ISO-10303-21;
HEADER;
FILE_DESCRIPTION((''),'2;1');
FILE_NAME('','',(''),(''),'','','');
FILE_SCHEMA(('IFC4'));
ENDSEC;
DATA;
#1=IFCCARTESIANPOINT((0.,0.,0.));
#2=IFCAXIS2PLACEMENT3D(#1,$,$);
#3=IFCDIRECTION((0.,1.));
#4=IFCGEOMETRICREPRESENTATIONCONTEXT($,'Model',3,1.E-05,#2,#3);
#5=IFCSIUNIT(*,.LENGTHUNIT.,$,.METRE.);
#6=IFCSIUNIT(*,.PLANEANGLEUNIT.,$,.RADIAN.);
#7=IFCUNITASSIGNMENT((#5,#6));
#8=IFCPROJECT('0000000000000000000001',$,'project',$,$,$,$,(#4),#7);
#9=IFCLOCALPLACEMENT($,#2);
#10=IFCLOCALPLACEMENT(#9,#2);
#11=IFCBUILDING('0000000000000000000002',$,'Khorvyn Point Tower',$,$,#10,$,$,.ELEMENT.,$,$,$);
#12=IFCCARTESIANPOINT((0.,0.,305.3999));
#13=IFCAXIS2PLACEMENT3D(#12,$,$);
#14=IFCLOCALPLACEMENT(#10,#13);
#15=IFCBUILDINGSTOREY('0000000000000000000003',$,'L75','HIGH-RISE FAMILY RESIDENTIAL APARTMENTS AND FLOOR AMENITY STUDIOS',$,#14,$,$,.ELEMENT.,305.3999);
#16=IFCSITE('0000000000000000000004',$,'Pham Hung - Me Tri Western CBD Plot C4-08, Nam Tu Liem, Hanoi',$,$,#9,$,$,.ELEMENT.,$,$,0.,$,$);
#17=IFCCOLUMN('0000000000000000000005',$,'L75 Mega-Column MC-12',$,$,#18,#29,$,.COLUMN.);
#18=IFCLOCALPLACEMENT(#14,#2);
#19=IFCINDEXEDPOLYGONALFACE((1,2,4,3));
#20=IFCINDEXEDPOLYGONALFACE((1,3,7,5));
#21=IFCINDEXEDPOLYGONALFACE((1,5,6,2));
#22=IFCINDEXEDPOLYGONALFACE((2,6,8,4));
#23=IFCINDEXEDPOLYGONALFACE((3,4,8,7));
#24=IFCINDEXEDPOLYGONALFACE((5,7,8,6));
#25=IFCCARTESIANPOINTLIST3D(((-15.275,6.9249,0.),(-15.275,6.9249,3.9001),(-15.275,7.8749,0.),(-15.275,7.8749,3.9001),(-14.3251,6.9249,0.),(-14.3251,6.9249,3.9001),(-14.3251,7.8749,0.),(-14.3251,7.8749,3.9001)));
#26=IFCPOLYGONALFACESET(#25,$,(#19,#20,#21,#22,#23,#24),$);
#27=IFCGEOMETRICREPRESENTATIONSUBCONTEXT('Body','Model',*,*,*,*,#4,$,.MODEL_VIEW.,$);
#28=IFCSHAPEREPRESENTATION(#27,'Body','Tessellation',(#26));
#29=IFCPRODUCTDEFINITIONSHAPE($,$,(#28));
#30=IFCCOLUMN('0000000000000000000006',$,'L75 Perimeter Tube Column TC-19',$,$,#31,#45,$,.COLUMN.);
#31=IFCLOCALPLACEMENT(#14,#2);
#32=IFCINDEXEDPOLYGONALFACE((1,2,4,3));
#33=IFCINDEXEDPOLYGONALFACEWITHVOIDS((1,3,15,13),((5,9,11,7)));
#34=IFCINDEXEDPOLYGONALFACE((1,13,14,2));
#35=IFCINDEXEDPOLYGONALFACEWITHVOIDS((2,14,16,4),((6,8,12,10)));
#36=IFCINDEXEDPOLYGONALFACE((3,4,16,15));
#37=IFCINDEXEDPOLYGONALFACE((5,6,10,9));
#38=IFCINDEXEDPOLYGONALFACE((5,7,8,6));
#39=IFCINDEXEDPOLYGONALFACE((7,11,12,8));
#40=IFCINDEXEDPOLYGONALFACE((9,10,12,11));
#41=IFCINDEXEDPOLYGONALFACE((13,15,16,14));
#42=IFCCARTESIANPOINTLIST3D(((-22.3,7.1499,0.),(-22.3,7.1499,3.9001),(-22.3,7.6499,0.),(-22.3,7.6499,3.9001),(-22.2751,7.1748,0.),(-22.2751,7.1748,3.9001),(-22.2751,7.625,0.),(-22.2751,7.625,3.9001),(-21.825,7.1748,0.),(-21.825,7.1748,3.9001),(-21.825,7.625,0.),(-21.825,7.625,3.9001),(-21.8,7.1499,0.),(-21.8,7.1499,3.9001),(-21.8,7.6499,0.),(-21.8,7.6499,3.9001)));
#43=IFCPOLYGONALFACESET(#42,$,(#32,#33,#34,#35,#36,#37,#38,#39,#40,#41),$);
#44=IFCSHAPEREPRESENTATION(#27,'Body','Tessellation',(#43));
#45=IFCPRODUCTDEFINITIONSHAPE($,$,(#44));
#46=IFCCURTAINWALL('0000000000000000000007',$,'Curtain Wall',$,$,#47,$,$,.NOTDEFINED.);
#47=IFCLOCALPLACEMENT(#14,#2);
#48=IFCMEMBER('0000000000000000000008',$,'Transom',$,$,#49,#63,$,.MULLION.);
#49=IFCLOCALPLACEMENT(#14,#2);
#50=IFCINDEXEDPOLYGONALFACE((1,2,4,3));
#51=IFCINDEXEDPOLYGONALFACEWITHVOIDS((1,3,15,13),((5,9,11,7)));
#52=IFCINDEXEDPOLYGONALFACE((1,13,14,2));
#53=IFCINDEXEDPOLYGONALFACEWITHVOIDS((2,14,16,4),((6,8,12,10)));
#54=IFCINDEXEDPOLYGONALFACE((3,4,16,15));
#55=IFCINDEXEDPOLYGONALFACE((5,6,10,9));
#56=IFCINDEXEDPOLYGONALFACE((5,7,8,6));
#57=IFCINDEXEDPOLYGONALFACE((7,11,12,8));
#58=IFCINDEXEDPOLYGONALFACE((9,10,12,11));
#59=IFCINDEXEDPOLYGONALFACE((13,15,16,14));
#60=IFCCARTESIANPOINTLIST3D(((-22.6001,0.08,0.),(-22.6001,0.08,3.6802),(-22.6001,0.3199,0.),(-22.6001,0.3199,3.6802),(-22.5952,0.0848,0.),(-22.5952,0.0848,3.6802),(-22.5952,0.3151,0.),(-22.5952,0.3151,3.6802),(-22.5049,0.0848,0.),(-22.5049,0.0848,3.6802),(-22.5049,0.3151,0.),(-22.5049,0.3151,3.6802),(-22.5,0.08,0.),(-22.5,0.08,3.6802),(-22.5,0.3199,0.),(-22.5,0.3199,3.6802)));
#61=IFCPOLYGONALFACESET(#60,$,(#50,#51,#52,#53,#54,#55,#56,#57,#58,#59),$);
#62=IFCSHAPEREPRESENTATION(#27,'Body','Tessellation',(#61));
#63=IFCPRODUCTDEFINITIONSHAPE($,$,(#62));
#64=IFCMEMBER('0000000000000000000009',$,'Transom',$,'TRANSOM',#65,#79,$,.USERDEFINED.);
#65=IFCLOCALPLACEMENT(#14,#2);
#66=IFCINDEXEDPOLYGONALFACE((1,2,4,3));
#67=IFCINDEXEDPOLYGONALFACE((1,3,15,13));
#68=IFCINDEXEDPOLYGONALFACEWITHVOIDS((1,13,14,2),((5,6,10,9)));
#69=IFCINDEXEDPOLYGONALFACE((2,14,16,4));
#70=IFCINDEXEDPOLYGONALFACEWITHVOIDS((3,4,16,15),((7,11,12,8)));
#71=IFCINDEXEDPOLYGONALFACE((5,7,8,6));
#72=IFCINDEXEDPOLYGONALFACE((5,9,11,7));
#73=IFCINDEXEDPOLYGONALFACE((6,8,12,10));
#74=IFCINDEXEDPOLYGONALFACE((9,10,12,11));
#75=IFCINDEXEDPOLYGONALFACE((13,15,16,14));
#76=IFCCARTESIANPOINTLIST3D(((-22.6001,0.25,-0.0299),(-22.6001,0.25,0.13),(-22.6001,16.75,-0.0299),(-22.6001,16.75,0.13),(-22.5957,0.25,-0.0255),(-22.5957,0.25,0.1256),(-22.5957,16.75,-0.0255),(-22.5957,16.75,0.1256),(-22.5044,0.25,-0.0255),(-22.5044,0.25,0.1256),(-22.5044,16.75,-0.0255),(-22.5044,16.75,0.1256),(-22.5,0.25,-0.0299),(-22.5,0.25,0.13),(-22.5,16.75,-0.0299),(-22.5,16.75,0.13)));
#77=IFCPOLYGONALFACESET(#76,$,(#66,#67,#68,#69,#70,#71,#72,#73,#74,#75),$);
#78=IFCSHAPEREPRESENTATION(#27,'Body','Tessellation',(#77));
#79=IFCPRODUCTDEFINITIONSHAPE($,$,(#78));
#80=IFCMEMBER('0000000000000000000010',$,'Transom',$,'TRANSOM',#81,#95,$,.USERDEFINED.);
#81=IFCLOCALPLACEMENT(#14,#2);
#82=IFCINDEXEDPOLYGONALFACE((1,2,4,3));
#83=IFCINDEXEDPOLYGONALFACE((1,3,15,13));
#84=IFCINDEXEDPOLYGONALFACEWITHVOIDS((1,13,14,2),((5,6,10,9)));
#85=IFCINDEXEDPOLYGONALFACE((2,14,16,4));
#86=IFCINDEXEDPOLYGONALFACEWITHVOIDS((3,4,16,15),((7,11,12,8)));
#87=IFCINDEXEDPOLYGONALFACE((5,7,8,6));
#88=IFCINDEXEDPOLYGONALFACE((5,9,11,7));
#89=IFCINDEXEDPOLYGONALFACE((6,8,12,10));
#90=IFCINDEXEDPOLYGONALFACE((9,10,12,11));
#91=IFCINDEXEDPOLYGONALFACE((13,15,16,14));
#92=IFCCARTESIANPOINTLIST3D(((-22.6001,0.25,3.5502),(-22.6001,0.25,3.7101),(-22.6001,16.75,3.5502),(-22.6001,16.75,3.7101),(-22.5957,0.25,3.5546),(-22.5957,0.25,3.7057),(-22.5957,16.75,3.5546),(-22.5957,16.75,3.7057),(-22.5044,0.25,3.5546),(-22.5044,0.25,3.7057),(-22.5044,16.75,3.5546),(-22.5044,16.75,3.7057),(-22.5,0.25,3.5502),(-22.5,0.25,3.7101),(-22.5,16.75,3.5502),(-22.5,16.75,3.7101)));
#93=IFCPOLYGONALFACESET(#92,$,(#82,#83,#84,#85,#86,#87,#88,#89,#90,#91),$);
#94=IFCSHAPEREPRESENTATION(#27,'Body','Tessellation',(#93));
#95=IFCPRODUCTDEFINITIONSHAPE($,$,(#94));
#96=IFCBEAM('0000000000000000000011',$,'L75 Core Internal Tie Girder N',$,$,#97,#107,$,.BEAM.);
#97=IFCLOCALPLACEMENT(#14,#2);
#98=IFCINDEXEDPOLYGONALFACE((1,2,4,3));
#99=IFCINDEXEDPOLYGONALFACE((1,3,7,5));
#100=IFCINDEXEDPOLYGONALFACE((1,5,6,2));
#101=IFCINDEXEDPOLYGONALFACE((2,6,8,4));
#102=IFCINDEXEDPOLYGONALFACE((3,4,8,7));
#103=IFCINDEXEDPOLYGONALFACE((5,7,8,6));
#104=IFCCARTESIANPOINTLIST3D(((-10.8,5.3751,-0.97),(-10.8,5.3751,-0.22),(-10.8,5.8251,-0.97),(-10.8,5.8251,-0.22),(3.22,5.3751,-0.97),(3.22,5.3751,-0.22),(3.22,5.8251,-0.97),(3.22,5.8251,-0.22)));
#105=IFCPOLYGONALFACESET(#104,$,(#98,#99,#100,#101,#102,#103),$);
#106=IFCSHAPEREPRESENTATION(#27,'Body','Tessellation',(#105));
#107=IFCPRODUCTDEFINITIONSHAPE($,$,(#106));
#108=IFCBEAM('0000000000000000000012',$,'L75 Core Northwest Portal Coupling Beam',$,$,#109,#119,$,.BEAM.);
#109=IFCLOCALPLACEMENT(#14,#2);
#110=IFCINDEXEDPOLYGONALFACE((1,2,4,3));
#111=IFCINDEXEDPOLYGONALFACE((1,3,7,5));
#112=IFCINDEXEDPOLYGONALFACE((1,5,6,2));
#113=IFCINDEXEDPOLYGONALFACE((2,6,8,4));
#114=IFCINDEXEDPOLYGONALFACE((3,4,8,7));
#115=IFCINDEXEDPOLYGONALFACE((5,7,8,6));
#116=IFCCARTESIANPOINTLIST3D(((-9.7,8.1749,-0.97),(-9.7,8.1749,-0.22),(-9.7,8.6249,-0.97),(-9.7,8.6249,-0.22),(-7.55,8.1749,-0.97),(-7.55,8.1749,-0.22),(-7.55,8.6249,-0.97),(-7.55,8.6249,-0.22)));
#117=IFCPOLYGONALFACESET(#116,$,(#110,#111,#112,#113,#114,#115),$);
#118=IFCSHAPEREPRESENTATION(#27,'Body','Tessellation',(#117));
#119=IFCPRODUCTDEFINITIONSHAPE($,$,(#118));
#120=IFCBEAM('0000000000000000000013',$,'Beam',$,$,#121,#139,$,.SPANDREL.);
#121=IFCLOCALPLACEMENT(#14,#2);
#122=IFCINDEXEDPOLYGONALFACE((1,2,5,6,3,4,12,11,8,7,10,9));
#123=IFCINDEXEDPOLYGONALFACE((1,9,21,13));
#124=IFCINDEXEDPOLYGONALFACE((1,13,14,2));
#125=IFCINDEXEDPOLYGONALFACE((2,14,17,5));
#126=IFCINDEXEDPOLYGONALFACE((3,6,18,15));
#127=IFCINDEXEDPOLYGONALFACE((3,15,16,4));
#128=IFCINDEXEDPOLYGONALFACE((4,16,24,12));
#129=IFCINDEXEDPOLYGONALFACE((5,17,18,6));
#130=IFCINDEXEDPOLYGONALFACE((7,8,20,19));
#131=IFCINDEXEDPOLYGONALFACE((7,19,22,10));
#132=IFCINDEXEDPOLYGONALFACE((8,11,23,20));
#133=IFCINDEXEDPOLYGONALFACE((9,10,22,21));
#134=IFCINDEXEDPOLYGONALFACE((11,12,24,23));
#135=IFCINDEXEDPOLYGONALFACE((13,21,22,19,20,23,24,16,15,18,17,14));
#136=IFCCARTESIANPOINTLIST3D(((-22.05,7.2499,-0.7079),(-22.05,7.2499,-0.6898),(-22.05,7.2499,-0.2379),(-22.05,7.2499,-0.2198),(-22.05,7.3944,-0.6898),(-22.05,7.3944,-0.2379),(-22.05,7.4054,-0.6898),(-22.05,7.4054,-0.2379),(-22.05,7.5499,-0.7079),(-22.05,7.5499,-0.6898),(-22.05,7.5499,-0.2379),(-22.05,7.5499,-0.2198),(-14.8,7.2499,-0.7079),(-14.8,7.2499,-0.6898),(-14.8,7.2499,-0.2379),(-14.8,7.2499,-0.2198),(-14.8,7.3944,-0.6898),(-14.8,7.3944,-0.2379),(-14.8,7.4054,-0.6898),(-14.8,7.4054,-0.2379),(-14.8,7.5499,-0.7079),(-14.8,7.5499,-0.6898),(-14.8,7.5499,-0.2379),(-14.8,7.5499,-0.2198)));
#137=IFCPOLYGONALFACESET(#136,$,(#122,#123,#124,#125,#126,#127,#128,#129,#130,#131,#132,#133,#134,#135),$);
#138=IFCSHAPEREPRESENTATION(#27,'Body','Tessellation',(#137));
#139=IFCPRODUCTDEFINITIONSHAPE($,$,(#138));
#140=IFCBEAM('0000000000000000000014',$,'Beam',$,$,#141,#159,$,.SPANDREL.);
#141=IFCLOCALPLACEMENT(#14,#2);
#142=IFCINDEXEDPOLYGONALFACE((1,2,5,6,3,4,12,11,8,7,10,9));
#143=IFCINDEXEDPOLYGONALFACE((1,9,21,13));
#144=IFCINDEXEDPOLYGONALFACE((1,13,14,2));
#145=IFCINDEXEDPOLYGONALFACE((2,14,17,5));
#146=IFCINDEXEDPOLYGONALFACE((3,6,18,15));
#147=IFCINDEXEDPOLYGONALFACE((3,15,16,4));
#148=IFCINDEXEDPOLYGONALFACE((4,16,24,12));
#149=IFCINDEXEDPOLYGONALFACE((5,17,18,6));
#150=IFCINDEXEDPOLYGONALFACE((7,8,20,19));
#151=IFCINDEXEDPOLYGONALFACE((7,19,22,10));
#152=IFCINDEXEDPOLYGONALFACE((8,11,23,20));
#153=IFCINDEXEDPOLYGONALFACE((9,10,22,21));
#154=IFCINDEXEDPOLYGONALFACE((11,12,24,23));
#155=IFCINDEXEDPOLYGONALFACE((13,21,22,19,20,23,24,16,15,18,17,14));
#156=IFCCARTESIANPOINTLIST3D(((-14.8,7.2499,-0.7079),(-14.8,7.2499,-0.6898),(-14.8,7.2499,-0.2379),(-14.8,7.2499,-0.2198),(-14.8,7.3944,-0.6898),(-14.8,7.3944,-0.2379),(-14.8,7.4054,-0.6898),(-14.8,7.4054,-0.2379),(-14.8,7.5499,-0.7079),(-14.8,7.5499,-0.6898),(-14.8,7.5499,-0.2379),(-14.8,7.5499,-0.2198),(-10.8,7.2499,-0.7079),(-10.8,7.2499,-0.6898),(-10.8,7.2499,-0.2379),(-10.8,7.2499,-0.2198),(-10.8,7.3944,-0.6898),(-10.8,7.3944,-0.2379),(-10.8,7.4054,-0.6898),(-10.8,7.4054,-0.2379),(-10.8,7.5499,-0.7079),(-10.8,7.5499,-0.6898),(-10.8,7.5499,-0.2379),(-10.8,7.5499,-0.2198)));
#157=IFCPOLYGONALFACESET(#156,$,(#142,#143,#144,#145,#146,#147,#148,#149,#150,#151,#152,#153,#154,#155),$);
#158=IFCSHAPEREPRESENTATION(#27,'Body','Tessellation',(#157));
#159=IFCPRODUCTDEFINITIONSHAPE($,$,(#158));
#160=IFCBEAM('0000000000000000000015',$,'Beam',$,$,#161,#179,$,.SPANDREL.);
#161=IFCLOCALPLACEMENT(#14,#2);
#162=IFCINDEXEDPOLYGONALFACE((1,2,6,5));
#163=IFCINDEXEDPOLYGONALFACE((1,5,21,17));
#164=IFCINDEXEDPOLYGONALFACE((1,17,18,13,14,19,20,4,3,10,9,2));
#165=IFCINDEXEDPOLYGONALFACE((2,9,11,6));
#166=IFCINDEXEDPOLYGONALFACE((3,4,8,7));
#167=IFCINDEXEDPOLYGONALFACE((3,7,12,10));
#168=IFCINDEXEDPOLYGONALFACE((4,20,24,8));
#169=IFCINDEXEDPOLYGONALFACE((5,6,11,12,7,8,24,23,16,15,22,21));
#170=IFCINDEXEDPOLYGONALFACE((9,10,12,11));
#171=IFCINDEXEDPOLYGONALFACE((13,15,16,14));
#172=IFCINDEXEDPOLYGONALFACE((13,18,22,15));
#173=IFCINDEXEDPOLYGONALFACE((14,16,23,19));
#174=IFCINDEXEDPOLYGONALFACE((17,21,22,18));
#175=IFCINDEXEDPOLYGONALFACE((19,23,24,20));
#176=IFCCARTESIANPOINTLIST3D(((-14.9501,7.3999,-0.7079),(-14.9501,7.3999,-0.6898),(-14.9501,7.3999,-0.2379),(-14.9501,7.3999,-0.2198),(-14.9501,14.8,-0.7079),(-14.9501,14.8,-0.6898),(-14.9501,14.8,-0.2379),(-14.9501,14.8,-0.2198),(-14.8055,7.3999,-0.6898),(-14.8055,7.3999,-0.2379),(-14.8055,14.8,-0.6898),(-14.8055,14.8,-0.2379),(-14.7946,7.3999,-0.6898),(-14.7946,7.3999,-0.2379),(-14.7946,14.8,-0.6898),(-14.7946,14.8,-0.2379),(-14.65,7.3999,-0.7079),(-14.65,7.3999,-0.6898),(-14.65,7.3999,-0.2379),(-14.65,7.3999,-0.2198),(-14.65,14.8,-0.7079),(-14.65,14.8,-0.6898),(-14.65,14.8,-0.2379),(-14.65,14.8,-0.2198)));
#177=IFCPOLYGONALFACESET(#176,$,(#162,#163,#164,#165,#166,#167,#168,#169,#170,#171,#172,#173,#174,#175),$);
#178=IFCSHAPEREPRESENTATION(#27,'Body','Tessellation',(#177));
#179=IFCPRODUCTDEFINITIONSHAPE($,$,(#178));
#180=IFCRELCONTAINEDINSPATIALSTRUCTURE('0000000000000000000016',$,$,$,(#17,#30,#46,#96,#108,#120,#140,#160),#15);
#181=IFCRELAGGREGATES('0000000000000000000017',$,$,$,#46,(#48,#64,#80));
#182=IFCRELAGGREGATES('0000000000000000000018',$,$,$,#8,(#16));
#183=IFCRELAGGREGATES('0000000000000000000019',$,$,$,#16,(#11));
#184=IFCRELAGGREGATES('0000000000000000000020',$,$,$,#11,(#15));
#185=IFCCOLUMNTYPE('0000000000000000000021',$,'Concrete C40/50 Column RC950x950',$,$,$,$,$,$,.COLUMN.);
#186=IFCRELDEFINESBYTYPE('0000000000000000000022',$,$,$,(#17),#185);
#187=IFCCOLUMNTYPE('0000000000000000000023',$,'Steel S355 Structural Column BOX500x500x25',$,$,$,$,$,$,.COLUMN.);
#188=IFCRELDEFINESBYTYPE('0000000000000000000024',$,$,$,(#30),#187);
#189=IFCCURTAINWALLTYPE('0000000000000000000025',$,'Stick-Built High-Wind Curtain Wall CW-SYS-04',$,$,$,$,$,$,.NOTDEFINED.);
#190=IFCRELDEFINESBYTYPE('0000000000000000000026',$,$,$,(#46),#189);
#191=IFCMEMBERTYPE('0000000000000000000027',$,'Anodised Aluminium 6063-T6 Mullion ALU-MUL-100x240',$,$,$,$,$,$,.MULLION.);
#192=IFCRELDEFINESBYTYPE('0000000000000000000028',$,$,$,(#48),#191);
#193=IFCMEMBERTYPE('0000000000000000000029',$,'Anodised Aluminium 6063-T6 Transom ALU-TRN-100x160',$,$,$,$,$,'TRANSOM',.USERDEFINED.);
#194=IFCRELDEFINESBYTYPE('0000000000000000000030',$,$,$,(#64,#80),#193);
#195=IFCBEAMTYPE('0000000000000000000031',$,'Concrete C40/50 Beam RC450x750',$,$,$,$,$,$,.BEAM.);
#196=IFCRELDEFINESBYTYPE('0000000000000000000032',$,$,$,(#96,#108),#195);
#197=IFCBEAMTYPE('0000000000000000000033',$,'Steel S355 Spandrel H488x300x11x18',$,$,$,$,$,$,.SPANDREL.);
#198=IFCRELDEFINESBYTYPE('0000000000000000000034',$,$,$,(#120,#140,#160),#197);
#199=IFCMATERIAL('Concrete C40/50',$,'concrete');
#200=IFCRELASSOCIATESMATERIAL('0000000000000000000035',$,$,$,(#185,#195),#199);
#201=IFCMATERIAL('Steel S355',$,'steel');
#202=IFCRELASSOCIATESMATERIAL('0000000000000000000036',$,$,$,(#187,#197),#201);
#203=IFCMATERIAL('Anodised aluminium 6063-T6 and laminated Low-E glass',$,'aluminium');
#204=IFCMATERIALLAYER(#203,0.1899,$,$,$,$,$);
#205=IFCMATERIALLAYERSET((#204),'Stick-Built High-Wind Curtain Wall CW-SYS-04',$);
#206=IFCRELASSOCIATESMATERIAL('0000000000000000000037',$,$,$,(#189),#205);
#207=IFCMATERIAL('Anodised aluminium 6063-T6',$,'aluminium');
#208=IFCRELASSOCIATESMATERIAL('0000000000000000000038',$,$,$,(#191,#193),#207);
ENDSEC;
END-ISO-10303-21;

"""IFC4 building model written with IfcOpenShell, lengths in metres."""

from ifc_helpers import new_model, si_unit, direction, frame, origin, origin_2d, place, context, subcontext, project, spatial, rectangle, hollow_rectangle, i_section, extrude, material, layer, layer_set, material_profile, profile_set, type_object, element, aggregate, save


model = new_model("IFC4")

# Units and contexts
model_context = context("Model", 3, precision=1e-05, world=origin(), true_north=direction((0.0, 1.0)))
body_context = subcontext(model_context, "Body", "Model", "MODEL_VIEW")
ifc_project = project(units=[si_unit("LENGTHUNIT", "METRE"), si_unit("PLANEANGLEUNIT", "RADIAN")], contexts=[model_context])

# Site, building, storey
site_placement = place(None, origin())
site = spatial("IfcSite", under=ifc_project, at=site_placement, Name="Pham Hung - Me Tri Western CBD Plot C4-08, Nam Tu Liem, Hanoi", CompositionType="ELEMENT", RefElevation=0.0)
building_placement = place(site_placement, origin())
building = spatial("IfcBuilding", under=site, at=building_placement, Name="Khorvyn Point Tower", CompositionType="ELEMENT")
storey_placement = place(building_placement, frame((0.0, 0.0, 305.3999)))
storey = spatial("IfcBuildingStorey", under=building, at=storey_placement, Name="L75", Description="HIGH-RISE FAMILY RESIDENTIAL APARTMENTS AND FLOOR AMENITY STUDIOS", CompositionType="ELEMENT", Elevation=305.3999)

# Columns
ifc_material_1 = material(Name="Concrete C40/50", Category="concrete")
ifc_material_profile_1 = material_profile(ifc_material_1, rectangle(XDim=0.95, YDim=0.95, at=origin_2d()))
ifc_profile_set_1 = profile_set([ifc_material_profile_1], Name="Concrete C40/50 RC950x950")
column_type_1 = type_object("IfcColumnType", Name="Concrete C40/50 Column RC950x950", PredefinedType="COLUMN", material=ifc_profile_set_1)
column_1_placement = place(storey_placement, frame((-14.8, 7.3999, 0.0), z_axis=(0.0, 0.0, 1.0), x_axis=(1.0, 0.0, 0.0)))
element("IfcColumn", 1, at=column_1_placement, inside=storey, type_object=column_type_1, Name="L75 Mega-Column MC-12", PredefinedType="COLUMN", context=body_context, shape_type="SweptSolid", body=[
    extrude(rectangle(XDim=0.95, YDim=0.95, at=origin_2d()), origin(), (0.0, 0.0, 1.0), 3.9001),
])
ifc_material_2 = material(Name="Steel S355", Category="steel")
ifc_material_profile_2 = material_profile(ifc_material_2, hollow_rectangle(XDim=0.5, YDim=0.5, WallThickness=0.0249, at=origin_2d()))
ifc_profile_set_2 = profile_set([ifc_material_profile_2], Name="Steel S355 BOX500x500x25")
column_type_2 = type_object("IfcColumnType", Name="Steel S355 Structural Column BOX500x500x25", PredefinedType="COLUMN", material=ifc_profile_set_2)
column_2_placement = place(storey_placement, frame((-22.05, 7.3999, 0.0), z_axis=(0.0, 0.0, 1.0), x_axis=(1.0, 0.0, 0.0)))
element("IfcColumn", 2, at=column_2_placement, inside=storey, type_object=column_type_2, Name="L75 Perimeter Tube Column TC-19", PredefinedType="COLUMN", context=body_context, shape_type="SweptSolid", body=[
    extrude(hollow_rectangle(XDim=0.5, YDim=0.5, WallThickness=0.0249, at=origin_2d()), origin(), (0.0, 0.0, 1.0), 3.9001),
])

# Curtain wall, members
ifc_material_3 = material(Name="Anodised aluminium 6063-T6 and laminated Low-E glass", Category="aluminium")
ifc_layer_1 = layer(ifc_material_3, 0.1899)
ifc_layer_set_1 = layer_set([ifc_layer_1], Name="Stick-Built High-Wind Curtain Wall CW-SYS-04")
curtain_wall_type = type_object("IfcCurtainWallType", Name="Stick-Built High-Wind Curtain Wall CW-SYS-04", PredefinedType="NOTDEFINED", material=ifc_layer_set_1)
curtain_wall_placement = place(storey_placement, origin())
curtain_wall = element("IfcCurtainWall", 3, at=curtain_wall_placement, inside=storey, type_object=curtain_wall_type, Name="Curtain Wall", PredefinedType="NOTDEFINED")
ifc_material_4 = material(Name="Anodised aluminium 6063-T6", Category="aluminium")
ifc_material_profile_3 = material_profile(ifc_material_4, hollow_rectangle(XDim=0.1001, YDim=0.24, WallThickness=0.0049, at=origin_2d()))
ifc_profile_set_3 = profile_set([ifc_material_profile_3], Name="Anodised aluminium 6063-T6 ALU-MUL-100x240")
member_type_1 = type_object("IfcMemberType", Name="Anodised Aluminium 6063-T6 Mullion ALU-MUL-100x240", PredefinedType="MULLION", material=ifc_profile_set_3)
member_1_placement = place(storey_placement, frame((-22.55, 0.2, 0.0), z_axis=(0.0, 0.0, 1.0), x_axis=(-1.0, 0.0, 0.0)))
member_1 = element("IfcMember", 4, at=member_1_placement, type_object=member_type_1, Name="Transom", PredefinedType="MULLION", context=body_context, shape_type="SweptSolid", body=[
    extrude(hollow_rectangle(XDim=0.1001, YDim=0.24, WallThickness=0.0049, at=origin_2d()), origin(), (0.0, 0.0, 1.0), 3.6802),
])
ifc_material_profile_4 = material_profile(ifc_material_4, hollow_rectangle(XDim=0.1001, YDim=0.1599, WallThickness=0.0044, at=origin_2d()))
ifc_profile_set_4 = profile_set([ifc_material_profile_4], Name="Anodised aluminium 6063-T6 ALU-TRN-100x160")
member_type_2 = type_object("IfcMemberType", Name="Anodised Aluminium 6063-T6 Transom ALU-TRN-100x160", ElementType="TRANSOM", PredefinedType="USERDEFINED", material=ifc_profile_set_4)
member_2_placement = place(storey_placement, frame((-22.55, 0.25, 0.05), z_axis=(0.0, 1.0, 0.0), x_axis=(-1.0, 0.0, 0.0)))
member_2 = element("IfcMember", 5, at=member_2_placement, type_object=member_type_2, Name="Transom", ObjectType="TRANSOM", PredefinedType="USERDEFINED", context=body_context, shape_type="SweptSolid", body=[
    extrude(hollow_rectangle(XDim=0.1001, YDim=0.1599, WallThickness=0.0044, at=origin_2d()), origin(), (0.0, 0.0, 1.0), 16.5),
])
member_3_placement = place(storey_placement, frame((-22.55, 0.25, 3.6301), z_axis=(0.0, 1.0, 0.0), x_axis=(-1.0, 0.0, 0.0)))
member_3 = element("IfcMember", 6, at=member_3_placement, type_object=member_type_2, Name="Transom", ObjectType="TRANSOM", PredefinedType="USERDEFINED", context=body_context, shape_type="SweptSolid", body=[
    extrude(hollow_rectangle(XDim=0.1001, YDim=0.1599, WallThickness=0.0044, at=origin_2d()), origin(), (0.0, 0.0, 1.0), 16.5),
])

# Beams
ifc_material_profile_5 = material_profile(ifc_material_1, rectangle(XDim=0.45, YDim=0.75, at=origin_2d()))
ifc_profile_set_5 = profile_set([ifc_material_profile_5], Name="Concrete C40/50 RC450x750")
beam_type_1 = type_object("IfcBeamType", Name="Concrete C40/50 Beam RC450x750", PredefinedType="BEAM", material=ifc_profile_set_5)
beam_1_placement = place(storey_placement, frame((-10.8, 5.6001, -0.595), z_axis=(1.0, 0.0, 0.0), x_axis=(0.0, 1.0, 0.0)))
element("IfcBeam", 7, at=beam_1_placement, inside=storey, type_object=beam_type_1, Name="L75 Core Internal Tie Girder N", PredefinedType="BEAM", context=body_context, shape_type="SweptSolid", body=[
    extrude(rectangle(XDim=0.45, YDim=0.75, at=origin_2d()), origin(), (0.0, 0.0, 1.0), 14.02),
])
beam_2_placement = place(storey_placement, frame((-9.7, 8.3999, -0.595), z_axis=(1.0, 0.0, 0.0), x_axis=(0.0, 1.0, 0.0)))
element("IfcBeam", 8, at=beam_2_placement, inside=storey, type_object=beam_type_1, Name="L75 Core Northwest Portal Coupling Beam", PredefinedType="BEAM", context=body_context, shape_type="SweptSolid", body=[
    extrude(rectangle(XDim=0.45, YDim=0.75, at=origin_2d()), origin(), (0.0, 0.0, 1.0), 2.1499),
])
ifc_material_profile_6 = material_profile(ifc_material_2, i_section(OverallWidth=0.3, OverallDepth=0.488, WebThickness=0.011, FlangeThickness=0.0181, at=origin_2d()))
ifc_profile_set_6 = profile_set([ifc_material_profile_6], Name="Steel S355 H488x300x11x18")
beam_type_2 = type_object("IfcBeamType", Name="Steel S355 Spandrel H488x300x11x18", PredefinedType="SPANDREL", material=ifc_profile_set_6)
beam_3_placement = place(storey_placement, frame((-22.05, 7.3999, -0.4639), z_axis=(1.0, 0.0, 0.0), x_axis=(0.0, 1.0, 0.0)))
element("IfcBeam", 9, at=beam_3_placement, inside=storey, type_object=beam_type_2, Name="Beam", PredefinedType="SPANDREL", context=body_context, shape_type="SweptSolid", body=[
    extrude(i_section(OverallWidth=0.3, OverallDepth=0.488, WebThickness=0.011, FlangeThickness=0.0181, at=origin_2d()), origin(), (0.0, 0.0, 1.0), 7.25),
])
beam_4_placement = place(storey_placement, frame((-14.8, 7.3999, -0.4639), z_axis=(1.0, 0.0, 0.0), x_axis=(0.0, 1.0, 0.0)))
element("IfcBeam", 10, at=beam_4_placement, inside=storey, type_object=beam_type_2, Name="Beam", PredefinedType="SPANDREL", context=body_context, shape_type="SweptSolid", body=[
    extrude(i_section(OverallWidth=0.3, OverallDepth=0.488, WebThickness=0.011, FlangeThickness=0.0181, at=origin_2d()), origin(), (0.0, 0.0, 1.0), 4.0),
])
beam_5_placement = place(storey_placement, frame((-14.8, 7.3999, -0.4639), z_axis=(0.0, 1.0, 0.0), x_axis=(-1.0, 0.0, 0.0)))
element("IfcBeam", 11, at=beam_5_placement, inside=storey, type_object=beam_type_2, Name="Beam", PredefinedType="SPANDREL", context=body_context, shape_type="SweptSolid", body=[
    extrude(i_section(OverallWidth=0.3, OverallDepth=0.488, WebThickness=0.011, FlangeThickness=0.0181, at=origin_2d()), origin(), (0.0, 0.0, 1.0), 7.4001),
])

aggregate(curtain_wall, [member_1, member_2, member_3])

save(model, "model.ifc")
